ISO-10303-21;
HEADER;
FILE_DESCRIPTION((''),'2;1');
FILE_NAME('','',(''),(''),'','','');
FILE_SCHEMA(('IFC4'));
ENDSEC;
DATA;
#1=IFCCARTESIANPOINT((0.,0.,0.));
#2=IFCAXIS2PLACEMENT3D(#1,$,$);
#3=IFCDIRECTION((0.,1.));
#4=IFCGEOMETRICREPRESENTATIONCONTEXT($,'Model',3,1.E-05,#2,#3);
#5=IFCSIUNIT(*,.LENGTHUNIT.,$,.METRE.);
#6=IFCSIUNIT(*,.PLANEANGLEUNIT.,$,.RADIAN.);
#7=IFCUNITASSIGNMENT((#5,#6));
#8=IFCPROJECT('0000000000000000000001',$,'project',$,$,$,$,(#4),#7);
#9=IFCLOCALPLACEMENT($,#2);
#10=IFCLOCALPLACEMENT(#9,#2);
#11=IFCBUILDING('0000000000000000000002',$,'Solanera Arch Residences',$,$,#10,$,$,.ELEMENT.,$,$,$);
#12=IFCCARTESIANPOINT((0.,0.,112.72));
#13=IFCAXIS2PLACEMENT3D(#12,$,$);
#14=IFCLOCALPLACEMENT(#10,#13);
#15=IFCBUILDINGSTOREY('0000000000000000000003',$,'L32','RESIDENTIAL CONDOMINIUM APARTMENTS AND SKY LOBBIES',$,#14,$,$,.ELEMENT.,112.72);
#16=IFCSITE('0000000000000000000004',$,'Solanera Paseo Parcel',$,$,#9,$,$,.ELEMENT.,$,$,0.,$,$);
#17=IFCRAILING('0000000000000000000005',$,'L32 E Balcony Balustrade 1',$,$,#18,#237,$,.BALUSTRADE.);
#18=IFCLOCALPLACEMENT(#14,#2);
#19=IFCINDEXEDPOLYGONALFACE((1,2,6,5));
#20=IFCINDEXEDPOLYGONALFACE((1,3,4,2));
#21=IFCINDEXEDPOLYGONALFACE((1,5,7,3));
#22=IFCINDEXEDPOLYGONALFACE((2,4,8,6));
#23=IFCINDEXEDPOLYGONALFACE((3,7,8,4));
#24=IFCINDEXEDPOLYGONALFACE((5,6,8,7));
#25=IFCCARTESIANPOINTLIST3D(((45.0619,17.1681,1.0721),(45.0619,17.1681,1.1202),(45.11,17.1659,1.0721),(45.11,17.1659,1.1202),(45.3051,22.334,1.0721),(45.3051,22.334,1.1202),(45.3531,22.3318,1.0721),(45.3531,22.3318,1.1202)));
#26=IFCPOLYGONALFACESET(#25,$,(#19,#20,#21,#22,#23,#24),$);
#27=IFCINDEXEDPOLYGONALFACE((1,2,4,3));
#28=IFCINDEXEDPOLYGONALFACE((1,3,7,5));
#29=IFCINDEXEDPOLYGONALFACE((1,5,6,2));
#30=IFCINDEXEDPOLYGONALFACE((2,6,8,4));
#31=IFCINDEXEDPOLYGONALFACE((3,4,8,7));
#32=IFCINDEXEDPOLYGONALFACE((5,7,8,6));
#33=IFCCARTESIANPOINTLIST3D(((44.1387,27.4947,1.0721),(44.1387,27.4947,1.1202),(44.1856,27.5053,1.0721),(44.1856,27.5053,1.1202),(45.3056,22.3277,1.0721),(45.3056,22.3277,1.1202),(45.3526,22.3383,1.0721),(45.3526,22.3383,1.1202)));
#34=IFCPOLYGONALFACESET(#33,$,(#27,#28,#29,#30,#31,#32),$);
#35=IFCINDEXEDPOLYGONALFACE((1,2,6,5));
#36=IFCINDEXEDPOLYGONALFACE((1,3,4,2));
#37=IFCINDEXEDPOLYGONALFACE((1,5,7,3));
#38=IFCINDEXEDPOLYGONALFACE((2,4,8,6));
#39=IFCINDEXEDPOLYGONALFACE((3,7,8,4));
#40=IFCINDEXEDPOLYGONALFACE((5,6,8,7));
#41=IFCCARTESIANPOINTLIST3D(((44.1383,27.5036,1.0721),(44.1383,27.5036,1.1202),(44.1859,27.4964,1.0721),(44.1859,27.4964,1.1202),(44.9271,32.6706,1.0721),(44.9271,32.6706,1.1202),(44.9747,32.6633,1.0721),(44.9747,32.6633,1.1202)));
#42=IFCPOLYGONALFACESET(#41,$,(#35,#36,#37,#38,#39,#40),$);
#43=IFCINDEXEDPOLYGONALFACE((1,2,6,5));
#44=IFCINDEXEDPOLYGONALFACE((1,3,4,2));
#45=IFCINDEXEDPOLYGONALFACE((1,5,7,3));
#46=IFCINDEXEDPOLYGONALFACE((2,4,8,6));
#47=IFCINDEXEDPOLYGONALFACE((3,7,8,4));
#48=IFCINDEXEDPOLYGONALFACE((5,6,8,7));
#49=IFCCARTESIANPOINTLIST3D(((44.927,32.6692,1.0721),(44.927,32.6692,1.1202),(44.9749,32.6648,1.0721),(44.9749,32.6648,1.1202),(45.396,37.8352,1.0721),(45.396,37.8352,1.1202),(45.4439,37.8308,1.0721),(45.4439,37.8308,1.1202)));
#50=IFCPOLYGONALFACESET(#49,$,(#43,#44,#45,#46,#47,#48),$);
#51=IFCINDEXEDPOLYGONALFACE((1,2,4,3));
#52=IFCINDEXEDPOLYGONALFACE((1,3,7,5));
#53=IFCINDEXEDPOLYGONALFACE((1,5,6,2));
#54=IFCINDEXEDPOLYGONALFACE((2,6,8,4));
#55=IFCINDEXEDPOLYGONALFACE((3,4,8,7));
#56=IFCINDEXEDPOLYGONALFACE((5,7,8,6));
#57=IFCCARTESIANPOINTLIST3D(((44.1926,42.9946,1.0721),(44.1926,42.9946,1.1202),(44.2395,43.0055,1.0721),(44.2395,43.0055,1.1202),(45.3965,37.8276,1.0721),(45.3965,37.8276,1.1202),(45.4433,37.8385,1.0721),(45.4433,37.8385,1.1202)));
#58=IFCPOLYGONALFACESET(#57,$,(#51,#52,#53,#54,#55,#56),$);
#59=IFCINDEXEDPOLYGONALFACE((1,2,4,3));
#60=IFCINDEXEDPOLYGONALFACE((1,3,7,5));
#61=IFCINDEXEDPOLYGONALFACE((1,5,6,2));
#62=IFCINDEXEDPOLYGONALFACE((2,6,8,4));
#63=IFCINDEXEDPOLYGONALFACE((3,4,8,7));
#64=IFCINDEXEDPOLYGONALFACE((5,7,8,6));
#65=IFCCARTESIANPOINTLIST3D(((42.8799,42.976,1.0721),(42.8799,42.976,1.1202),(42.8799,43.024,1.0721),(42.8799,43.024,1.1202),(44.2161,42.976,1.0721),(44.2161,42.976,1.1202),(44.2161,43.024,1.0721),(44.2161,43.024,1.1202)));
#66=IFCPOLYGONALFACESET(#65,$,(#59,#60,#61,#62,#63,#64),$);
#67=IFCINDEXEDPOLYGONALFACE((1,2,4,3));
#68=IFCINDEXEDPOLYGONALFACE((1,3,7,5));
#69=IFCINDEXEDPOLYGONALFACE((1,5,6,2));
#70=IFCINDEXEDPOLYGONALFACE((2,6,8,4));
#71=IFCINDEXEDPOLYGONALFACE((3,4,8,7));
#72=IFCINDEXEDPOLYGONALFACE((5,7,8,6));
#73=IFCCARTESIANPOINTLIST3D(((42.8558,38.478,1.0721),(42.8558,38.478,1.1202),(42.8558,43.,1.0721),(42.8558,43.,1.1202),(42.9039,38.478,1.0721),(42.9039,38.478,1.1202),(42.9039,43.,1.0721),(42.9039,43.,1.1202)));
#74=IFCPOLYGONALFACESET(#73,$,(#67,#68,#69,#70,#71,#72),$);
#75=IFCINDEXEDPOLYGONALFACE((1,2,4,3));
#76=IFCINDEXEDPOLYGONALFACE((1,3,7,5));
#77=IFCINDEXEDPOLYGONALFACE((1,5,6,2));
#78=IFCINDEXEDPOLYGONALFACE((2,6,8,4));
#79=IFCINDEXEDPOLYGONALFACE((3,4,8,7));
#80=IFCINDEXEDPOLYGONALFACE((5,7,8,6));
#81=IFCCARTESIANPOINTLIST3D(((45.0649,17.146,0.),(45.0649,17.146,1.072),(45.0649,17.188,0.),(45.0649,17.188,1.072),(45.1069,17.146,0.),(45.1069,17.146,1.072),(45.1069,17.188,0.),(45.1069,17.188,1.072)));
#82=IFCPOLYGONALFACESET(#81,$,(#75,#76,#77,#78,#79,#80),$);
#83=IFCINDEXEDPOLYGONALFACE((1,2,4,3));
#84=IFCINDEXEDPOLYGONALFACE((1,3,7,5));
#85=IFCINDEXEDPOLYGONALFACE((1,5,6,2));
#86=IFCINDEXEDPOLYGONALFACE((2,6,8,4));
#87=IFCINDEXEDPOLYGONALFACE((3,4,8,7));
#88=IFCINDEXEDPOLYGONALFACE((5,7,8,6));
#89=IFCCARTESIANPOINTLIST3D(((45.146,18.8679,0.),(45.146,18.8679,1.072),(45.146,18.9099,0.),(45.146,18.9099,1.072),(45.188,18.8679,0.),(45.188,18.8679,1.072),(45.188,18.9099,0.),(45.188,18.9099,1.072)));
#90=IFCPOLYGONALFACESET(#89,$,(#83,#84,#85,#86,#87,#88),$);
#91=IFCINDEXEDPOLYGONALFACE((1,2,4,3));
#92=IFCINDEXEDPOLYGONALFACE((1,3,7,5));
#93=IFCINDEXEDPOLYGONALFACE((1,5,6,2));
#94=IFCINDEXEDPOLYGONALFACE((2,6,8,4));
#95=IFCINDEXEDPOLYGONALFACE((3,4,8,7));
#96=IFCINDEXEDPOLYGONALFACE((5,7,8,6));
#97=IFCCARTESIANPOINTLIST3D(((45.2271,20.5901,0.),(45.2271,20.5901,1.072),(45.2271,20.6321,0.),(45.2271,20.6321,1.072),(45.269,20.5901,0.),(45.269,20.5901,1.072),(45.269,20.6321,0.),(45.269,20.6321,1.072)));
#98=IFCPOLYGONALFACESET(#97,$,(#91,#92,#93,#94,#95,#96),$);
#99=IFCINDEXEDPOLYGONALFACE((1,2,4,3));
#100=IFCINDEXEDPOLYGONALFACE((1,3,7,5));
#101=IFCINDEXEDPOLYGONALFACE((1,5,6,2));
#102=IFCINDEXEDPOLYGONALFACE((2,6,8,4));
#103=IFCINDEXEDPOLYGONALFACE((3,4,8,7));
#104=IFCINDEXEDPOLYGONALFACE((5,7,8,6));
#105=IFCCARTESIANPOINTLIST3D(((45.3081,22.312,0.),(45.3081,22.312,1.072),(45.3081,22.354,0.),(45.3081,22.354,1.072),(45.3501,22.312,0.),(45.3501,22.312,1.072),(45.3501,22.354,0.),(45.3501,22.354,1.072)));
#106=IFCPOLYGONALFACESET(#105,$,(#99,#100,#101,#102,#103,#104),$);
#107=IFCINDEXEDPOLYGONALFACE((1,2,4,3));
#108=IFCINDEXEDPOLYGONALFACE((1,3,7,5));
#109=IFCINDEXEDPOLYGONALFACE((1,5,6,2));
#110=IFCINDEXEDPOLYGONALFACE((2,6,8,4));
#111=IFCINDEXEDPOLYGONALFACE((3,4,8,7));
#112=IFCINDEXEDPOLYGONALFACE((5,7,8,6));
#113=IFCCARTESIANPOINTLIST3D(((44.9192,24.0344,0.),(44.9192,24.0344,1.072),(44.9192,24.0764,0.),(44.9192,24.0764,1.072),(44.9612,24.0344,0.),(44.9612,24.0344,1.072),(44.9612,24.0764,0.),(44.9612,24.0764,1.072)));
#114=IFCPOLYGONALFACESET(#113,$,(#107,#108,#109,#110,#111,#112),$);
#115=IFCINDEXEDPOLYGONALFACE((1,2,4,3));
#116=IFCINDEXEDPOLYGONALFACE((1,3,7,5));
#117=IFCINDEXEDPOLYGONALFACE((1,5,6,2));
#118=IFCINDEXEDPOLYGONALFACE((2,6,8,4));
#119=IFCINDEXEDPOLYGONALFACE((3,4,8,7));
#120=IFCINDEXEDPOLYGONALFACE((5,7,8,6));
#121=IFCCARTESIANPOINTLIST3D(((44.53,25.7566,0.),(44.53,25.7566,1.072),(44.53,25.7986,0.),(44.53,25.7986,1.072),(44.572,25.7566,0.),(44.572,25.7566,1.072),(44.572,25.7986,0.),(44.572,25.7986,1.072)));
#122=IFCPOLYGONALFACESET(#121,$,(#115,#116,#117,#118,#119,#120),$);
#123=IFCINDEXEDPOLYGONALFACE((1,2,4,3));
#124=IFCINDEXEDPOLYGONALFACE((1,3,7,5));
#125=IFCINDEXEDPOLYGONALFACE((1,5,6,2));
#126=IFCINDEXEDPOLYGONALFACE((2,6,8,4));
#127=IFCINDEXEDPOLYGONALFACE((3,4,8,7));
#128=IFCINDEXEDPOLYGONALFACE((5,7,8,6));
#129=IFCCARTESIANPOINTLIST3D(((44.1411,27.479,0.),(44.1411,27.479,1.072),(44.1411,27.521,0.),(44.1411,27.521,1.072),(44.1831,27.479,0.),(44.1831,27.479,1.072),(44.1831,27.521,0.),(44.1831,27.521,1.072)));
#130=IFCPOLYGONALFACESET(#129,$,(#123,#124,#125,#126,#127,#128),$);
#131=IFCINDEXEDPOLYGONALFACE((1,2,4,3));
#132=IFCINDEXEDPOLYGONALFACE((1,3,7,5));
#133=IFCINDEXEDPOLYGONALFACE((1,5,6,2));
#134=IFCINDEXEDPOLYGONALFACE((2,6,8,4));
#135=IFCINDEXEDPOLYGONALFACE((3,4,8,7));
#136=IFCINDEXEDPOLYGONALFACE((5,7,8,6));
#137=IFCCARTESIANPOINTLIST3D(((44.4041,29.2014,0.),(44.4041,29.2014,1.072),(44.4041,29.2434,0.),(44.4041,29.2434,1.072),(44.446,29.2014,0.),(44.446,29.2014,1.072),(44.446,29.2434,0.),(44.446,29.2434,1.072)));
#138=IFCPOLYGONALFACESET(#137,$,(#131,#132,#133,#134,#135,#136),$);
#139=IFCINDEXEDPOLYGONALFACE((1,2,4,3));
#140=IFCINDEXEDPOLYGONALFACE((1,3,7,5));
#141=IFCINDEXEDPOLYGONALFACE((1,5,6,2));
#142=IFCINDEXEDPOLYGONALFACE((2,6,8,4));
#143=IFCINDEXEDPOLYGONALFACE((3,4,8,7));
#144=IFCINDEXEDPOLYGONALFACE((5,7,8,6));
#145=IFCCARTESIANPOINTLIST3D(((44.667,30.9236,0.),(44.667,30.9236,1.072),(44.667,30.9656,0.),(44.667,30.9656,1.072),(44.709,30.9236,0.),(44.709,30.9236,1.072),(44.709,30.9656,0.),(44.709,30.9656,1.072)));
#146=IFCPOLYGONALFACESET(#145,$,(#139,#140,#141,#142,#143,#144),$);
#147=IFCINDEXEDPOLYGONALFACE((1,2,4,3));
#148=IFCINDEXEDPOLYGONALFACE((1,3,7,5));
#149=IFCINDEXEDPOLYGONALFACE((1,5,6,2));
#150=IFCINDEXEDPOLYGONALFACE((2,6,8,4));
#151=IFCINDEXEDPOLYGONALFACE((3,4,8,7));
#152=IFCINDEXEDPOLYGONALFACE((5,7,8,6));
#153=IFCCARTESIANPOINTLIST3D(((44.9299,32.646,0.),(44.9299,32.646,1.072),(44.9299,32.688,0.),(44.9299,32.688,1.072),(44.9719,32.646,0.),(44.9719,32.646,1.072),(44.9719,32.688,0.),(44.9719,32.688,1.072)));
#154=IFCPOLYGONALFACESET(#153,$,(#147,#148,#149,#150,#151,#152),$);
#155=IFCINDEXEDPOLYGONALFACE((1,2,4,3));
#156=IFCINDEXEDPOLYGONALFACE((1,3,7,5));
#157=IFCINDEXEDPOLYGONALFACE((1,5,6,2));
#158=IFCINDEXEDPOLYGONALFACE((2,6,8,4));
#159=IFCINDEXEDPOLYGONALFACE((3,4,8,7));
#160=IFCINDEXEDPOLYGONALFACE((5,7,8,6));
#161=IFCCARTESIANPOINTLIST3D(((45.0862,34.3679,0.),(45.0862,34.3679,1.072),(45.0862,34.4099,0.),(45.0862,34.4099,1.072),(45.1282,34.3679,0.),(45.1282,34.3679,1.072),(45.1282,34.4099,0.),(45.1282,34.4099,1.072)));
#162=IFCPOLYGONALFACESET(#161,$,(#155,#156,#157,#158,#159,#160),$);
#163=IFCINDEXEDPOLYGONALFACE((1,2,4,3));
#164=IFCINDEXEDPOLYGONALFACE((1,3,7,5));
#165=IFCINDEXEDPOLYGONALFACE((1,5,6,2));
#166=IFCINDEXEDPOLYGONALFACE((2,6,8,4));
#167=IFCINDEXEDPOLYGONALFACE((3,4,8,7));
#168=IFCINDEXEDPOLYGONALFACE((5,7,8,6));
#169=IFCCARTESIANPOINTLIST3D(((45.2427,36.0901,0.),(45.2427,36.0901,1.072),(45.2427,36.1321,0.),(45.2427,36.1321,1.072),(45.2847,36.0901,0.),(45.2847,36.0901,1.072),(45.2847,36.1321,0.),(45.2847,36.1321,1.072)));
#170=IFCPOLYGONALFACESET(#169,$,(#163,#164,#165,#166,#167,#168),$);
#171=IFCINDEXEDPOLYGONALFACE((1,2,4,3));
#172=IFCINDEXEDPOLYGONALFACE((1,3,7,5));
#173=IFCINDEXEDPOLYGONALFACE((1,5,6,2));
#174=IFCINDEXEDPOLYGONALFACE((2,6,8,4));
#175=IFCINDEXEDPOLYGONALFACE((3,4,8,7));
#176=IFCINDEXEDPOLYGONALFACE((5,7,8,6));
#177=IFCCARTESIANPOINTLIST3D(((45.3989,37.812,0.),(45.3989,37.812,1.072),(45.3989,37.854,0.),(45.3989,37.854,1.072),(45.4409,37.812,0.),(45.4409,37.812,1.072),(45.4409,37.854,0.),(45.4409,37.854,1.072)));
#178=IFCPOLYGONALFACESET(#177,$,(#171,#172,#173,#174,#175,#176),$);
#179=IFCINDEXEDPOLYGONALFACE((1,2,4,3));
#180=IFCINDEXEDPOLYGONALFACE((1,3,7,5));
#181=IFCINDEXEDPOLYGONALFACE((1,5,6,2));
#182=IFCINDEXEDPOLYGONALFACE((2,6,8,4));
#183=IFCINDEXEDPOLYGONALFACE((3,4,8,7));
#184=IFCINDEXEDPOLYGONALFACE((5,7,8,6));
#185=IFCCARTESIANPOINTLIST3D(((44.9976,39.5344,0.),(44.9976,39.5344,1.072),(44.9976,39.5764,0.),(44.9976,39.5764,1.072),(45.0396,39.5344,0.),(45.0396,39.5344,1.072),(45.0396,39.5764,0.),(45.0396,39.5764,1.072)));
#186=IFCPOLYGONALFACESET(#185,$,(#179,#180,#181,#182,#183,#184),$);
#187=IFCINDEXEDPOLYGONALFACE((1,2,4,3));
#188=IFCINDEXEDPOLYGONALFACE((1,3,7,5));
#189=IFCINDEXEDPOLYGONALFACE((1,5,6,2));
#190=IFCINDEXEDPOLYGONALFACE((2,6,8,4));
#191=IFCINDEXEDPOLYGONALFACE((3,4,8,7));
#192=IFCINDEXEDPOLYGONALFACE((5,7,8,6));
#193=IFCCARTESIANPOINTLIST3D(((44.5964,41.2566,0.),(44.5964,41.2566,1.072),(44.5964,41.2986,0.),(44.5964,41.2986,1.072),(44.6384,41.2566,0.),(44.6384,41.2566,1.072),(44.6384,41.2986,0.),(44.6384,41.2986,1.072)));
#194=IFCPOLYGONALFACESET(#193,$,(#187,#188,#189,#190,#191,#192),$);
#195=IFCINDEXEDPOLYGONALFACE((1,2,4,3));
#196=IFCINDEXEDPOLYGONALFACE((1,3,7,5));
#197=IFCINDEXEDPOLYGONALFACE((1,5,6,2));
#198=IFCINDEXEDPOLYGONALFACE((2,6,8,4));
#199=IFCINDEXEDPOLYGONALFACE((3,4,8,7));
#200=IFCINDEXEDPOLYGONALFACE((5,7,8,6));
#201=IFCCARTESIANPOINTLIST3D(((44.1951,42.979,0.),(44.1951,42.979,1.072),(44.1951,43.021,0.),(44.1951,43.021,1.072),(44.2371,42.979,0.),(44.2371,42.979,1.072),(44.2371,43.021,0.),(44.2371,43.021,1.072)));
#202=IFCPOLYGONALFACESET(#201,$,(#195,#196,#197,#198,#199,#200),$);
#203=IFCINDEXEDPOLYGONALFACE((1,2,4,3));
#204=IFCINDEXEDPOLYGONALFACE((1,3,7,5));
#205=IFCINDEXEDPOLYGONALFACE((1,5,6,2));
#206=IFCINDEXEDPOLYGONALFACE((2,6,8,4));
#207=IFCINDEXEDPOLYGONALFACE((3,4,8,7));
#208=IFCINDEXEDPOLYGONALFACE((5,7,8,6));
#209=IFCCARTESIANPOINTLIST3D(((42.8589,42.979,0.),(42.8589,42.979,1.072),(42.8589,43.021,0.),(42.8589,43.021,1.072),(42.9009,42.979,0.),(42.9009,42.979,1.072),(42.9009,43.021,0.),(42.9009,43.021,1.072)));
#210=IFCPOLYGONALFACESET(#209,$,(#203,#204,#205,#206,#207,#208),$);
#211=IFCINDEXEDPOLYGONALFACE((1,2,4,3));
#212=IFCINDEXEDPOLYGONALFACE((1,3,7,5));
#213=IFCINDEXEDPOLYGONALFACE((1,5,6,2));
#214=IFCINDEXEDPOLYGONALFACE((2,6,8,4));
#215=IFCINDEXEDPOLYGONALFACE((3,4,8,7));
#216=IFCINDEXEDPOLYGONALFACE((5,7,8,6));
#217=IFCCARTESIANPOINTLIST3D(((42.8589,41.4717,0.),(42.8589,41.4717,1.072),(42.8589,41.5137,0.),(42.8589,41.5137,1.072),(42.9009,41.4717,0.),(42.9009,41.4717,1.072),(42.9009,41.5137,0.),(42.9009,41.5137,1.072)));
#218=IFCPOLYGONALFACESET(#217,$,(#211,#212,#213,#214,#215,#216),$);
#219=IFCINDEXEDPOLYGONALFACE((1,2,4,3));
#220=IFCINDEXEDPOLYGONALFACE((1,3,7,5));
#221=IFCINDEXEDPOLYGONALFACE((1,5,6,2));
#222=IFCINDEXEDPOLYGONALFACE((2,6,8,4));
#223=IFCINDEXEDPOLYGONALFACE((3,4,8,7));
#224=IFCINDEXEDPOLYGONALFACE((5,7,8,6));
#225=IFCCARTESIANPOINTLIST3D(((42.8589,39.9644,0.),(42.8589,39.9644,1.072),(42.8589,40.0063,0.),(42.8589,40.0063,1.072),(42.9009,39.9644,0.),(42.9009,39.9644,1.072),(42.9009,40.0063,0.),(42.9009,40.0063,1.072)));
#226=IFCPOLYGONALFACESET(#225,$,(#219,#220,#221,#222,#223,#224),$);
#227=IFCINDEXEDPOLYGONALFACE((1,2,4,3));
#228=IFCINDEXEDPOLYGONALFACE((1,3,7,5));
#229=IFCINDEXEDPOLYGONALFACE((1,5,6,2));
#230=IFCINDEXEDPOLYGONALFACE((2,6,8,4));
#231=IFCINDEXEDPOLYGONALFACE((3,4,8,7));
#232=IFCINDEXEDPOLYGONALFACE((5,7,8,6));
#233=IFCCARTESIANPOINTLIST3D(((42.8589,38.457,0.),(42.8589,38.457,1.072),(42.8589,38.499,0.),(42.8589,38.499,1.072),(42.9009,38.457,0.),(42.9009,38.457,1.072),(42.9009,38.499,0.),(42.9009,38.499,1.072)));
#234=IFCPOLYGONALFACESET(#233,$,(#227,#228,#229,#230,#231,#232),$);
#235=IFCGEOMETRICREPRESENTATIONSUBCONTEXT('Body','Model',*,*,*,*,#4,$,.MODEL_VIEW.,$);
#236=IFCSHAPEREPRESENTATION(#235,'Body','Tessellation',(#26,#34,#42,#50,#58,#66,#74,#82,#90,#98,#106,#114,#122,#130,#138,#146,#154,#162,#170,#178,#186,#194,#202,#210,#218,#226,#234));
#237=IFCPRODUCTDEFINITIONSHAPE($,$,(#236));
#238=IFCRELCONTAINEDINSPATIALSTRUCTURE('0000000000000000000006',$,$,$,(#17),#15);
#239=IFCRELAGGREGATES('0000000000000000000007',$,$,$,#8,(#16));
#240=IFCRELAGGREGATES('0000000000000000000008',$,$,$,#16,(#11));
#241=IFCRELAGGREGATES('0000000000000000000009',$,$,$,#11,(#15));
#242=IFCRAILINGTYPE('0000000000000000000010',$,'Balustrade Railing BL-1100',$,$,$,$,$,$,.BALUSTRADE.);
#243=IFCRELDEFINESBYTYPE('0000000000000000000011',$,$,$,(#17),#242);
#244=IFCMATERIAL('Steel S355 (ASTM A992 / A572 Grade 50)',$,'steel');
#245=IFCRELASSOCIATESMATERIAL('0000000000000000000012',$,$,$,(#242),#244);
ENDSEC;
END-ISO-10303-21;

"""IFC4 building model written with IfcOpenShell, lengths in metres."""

from ifc_helpers import new_model, si_unit, direction, frame, origin, origin_2d, place, context, subcontext, project, spatial, rectangle, extrude, material, type_object, element, save


model = new_model("IFC4")

# Units and contexts
model_context = context("Model", 3, precision=1e-05, world=origin(), true_north=direction((0.0, 1.0)))
body_context = subcontext(model_context, "Body", "Model", "MODEL_VIEW")
ifc_project = project(units=[si_unit("LENGTHUNIT", "METRE"), si_unit("PLANEANGLEUNIT", "RADIAN")], contexts=[model_context])

# Site, building, storey
site_placement = place(None, origin())
site = spatial("IfcSite", under=ifc_project, at=site_placement, Name="Solanera Paseo Parcel", CompositionType="ELEMENT", RefElevation=0.0)
building_placement = place(site_placement, origin())
building = spatial("IfcBuilding", under=site, at=building_placement, Name="Solanera Arch Residences", CompositionType="ELEMENT")
storey_placement = place(building_placement, frame((0.0, 0.0, 112.72)))
storey = spatial("IfcBuildingStorey", under=building, at=storey_placement, Name="L32", Description="RESIDENTIAL CONDOMINIUM APARTMENTS AND SKY LOBBIES", CompositionType="ELEMENT", Elevation=112.72)

# Railing
ifc_material_1 = material(Name="Steel S355 (ASTM A992 / A572 Grade 50)", Category="steel")
railing_type = type_object("IfcRailingType", Name="Balustrade Railing BL-1100", PredefinedType="BALUSTRADE", material=ifc_material_1)
railing_1_placement = place(storey_placement, frame((45.0859, 17.167, 0.0)))
element("IfcRailing", 1, at=railing_1_placement, inside=storey, type_object=railing_type, Name="L32 E Balcony Balustrade 1", PredefinedType="BALUSTRADE", context=body_context, shape_type="SweptSolid", body=[
    extrude(rectangle(XDim=0.0481, YDim=0.0481, at=origin_2d()), frame((0.0, 0.0, 1.0962), z_axis=(0.047018, 0.998894, 0.0), x_axis=(-0.998894, 0.047018, 0.0)), (0.0, 0.0, 1.0), 5.1716),
    extrude(rectangle(XDim=0.0481, YDim=0.0481, at=origin_2d()), frame((0.2432, 5.166, 1.0962), z_axis=(-0.220306, 0.975431, 0.0), x_axis=(-0.975431, -0.220306, 0.0)), (0.0, 0.0, 1.0), 5.2971),
    extrude(rectangle(XDim=0.0481, YDim=0.0481, at=origin_2d()), frame((-0.9238, 10.333, 1.0962), z_axis=(0.150916, 0.988547, 0.0), x_axis=(-0.988547, 0.150916, 0.0)), (0.0, 0.0, 1.0), 5.2268),
    extrude(rectangle(XDim=0.0481, YDim=0.0481, at=origin_2d()), frame((-0.135, 15.5, 1.0962), z_axis=(0.090413, 0.995904, 0.0), x_axis=(-0.995904, 0.090413, 0.0)), (0.0, 0.0, 1.0), 5.1873),
    extrude(rectangle(XDim=0.0481, YDim=0.0481, at=origin_2d()), frame((0.334, 20.666, 1.0962), z_axis=(-0.226912, 0.973915, 0.0), x_axis=(-0.973915, -0.226912, 0.0)), (0.0, 0.0, 1.0), 5.3054),
    extrude(rectangle(XDim=0.0481, YDim=0.0481, at=origin_2d()), frame((-0.8699, 25.833, 1.0962), z_axis=(-1.0, 0.0, 0.0), x_axis=(0.0, -1.0, 0.0)), (0.0, 0.0, 1.0), 1.3362),
    extrude(rectangle(XDim=0.0481, YDim=0.0481, at=origin_2d()), frame((-2.2061, 25.833, 1.0962), z_axis=(0.0, -1.0, 0.0), x_axis=(1.0, 0.0, 0.0)), (0.0, 0.0, 1.0), 4.522),
    extrude(rectangle(XDim=0.042, YDim=0.042, at=origin_2d()), origin(), (0.0, 0.0, 1.0), 1.072),
    extrude(rectangle(XDim=0.042, YDim=0.042, at=origin_2d()), frame((0.0811, 1.7219, 0.0)), (0.0, 0.0, 1.0), 1.072),
    extrude(rectangle(XDim=0.042, YDim=0.042, at=origin_2d()), frame((0.1621, 3.4441, 0.0)), (0.0, 0.0, 1.0), 1.072),
    extrude(rectangle(XDim=0.042, YDim=0.042, at=origin_2d()), frame((0.2432, 5.166, 0.0)), (0.0, 0.0, 1.0), 1.072),
    extrude(rectangle(XDim=0.042, YDim=0.042, at=origin_2d()), frame((-0.1458, 6.8884, 0.0)), (0.0, 0.0, 1.0), 1.072),
    extrude(rectangle(XDim=0.042, YDim=0.042, at=origin_2d()), frame((-0.5349, 8.6106, 0.0)), (0.0, 0.0, 1.0), 1.072),
    extrude(rectangle(XDim=0.042, YDim=0.042, at=origin_2d()), frame((-0.9238, 10.333, 0.0)), (0.0, 0.0, 1.0), 1.072),
    extrude(rectangle(XDim=0.042, YDim=0.042, at=origin_2d()), frame((-0.6609, 12.0554, 0.0)), (0.0, 0.0, 1.0), 1.072),
    extrude(rectangle(XDim=0.042, YDim=0.042, at=origin_2d()), frame((-0.3979, 13.7776, 0.0)), (0.0, 0.0, 1.0), 1.072),
    extrude(rectangle(XDim=0.042, YDim=0.042, at=origin_2d()), frame((-0.135, 15.5, 0.0)), (0.0, 0.0, 1.0), 1.072),
    extrude(rectangle(XDim=0.042, YDim=0.042, at=origin_2d()), frame((0.0212, 17.2219, 0.0)), (0.0, 0.0, 1.0), 1.072),
    extrude(rectangle(XDim=0.042, YDim=0.042, at=origin_2d()), frame((0.1777, 18.9441, 0.0)), (0.0, 0.0, 1.0), 1.072),
    extrude(rectangle(XDim=0.042, YDim=0.042, at=origin_2d()), frame((0.334, 20.666, 0.0)), (0.0, 0.0, 1.0), 1.072),
    extrude(rectangle(XDim=0.042, YDim=0.042, at=origin_2d()), frame((-0.0674, 22.3884, 0.0)), (0.0, 0.0, 1.0), 1.072),
    extrude(rectangle(XDim=0.042, YDim=0.042, at=origin_2d()), frame((-0.4685, 24.1106, 0.0)), (0.0, 0.0, 1.0), 1.072),
    extrude(rectangle(XDim=0.042, YDim=0.042, at=origin_2d()), frame((-0.8699, 25.833, 0.0)), (0.0, 0.0, 1.0), 1.072),
    extrude(rectangle(XDim=0.042, YDim=0.042, at=origin_2d()), frame((-2.2061, 25.833, 0.0)), (0.0, 0.0, 1.0), 1.072),
    extrude(rectangle(XDim=0.042, YDim=0.042, at=origin_2d()), frame((-2.2061, 24.3257, 0.0)), (0.0, 0.0, 1.0), 1.072),
    extrude(rectangle(XDim=0.042, YDim=0.042, at=origin_2d()), frame((-2.2061, 22.8184, 0.0)), (0.0, 0.0, 1.0), 1.072),
    extrude(rectangle(XDim=0.042, YDim=0.042, at=origin_2d()), frame((-2.2061, 21.311, 0.0)), (0.0, 0.0, 1.0), 1.072),
])

save(model, "model.ifc")
